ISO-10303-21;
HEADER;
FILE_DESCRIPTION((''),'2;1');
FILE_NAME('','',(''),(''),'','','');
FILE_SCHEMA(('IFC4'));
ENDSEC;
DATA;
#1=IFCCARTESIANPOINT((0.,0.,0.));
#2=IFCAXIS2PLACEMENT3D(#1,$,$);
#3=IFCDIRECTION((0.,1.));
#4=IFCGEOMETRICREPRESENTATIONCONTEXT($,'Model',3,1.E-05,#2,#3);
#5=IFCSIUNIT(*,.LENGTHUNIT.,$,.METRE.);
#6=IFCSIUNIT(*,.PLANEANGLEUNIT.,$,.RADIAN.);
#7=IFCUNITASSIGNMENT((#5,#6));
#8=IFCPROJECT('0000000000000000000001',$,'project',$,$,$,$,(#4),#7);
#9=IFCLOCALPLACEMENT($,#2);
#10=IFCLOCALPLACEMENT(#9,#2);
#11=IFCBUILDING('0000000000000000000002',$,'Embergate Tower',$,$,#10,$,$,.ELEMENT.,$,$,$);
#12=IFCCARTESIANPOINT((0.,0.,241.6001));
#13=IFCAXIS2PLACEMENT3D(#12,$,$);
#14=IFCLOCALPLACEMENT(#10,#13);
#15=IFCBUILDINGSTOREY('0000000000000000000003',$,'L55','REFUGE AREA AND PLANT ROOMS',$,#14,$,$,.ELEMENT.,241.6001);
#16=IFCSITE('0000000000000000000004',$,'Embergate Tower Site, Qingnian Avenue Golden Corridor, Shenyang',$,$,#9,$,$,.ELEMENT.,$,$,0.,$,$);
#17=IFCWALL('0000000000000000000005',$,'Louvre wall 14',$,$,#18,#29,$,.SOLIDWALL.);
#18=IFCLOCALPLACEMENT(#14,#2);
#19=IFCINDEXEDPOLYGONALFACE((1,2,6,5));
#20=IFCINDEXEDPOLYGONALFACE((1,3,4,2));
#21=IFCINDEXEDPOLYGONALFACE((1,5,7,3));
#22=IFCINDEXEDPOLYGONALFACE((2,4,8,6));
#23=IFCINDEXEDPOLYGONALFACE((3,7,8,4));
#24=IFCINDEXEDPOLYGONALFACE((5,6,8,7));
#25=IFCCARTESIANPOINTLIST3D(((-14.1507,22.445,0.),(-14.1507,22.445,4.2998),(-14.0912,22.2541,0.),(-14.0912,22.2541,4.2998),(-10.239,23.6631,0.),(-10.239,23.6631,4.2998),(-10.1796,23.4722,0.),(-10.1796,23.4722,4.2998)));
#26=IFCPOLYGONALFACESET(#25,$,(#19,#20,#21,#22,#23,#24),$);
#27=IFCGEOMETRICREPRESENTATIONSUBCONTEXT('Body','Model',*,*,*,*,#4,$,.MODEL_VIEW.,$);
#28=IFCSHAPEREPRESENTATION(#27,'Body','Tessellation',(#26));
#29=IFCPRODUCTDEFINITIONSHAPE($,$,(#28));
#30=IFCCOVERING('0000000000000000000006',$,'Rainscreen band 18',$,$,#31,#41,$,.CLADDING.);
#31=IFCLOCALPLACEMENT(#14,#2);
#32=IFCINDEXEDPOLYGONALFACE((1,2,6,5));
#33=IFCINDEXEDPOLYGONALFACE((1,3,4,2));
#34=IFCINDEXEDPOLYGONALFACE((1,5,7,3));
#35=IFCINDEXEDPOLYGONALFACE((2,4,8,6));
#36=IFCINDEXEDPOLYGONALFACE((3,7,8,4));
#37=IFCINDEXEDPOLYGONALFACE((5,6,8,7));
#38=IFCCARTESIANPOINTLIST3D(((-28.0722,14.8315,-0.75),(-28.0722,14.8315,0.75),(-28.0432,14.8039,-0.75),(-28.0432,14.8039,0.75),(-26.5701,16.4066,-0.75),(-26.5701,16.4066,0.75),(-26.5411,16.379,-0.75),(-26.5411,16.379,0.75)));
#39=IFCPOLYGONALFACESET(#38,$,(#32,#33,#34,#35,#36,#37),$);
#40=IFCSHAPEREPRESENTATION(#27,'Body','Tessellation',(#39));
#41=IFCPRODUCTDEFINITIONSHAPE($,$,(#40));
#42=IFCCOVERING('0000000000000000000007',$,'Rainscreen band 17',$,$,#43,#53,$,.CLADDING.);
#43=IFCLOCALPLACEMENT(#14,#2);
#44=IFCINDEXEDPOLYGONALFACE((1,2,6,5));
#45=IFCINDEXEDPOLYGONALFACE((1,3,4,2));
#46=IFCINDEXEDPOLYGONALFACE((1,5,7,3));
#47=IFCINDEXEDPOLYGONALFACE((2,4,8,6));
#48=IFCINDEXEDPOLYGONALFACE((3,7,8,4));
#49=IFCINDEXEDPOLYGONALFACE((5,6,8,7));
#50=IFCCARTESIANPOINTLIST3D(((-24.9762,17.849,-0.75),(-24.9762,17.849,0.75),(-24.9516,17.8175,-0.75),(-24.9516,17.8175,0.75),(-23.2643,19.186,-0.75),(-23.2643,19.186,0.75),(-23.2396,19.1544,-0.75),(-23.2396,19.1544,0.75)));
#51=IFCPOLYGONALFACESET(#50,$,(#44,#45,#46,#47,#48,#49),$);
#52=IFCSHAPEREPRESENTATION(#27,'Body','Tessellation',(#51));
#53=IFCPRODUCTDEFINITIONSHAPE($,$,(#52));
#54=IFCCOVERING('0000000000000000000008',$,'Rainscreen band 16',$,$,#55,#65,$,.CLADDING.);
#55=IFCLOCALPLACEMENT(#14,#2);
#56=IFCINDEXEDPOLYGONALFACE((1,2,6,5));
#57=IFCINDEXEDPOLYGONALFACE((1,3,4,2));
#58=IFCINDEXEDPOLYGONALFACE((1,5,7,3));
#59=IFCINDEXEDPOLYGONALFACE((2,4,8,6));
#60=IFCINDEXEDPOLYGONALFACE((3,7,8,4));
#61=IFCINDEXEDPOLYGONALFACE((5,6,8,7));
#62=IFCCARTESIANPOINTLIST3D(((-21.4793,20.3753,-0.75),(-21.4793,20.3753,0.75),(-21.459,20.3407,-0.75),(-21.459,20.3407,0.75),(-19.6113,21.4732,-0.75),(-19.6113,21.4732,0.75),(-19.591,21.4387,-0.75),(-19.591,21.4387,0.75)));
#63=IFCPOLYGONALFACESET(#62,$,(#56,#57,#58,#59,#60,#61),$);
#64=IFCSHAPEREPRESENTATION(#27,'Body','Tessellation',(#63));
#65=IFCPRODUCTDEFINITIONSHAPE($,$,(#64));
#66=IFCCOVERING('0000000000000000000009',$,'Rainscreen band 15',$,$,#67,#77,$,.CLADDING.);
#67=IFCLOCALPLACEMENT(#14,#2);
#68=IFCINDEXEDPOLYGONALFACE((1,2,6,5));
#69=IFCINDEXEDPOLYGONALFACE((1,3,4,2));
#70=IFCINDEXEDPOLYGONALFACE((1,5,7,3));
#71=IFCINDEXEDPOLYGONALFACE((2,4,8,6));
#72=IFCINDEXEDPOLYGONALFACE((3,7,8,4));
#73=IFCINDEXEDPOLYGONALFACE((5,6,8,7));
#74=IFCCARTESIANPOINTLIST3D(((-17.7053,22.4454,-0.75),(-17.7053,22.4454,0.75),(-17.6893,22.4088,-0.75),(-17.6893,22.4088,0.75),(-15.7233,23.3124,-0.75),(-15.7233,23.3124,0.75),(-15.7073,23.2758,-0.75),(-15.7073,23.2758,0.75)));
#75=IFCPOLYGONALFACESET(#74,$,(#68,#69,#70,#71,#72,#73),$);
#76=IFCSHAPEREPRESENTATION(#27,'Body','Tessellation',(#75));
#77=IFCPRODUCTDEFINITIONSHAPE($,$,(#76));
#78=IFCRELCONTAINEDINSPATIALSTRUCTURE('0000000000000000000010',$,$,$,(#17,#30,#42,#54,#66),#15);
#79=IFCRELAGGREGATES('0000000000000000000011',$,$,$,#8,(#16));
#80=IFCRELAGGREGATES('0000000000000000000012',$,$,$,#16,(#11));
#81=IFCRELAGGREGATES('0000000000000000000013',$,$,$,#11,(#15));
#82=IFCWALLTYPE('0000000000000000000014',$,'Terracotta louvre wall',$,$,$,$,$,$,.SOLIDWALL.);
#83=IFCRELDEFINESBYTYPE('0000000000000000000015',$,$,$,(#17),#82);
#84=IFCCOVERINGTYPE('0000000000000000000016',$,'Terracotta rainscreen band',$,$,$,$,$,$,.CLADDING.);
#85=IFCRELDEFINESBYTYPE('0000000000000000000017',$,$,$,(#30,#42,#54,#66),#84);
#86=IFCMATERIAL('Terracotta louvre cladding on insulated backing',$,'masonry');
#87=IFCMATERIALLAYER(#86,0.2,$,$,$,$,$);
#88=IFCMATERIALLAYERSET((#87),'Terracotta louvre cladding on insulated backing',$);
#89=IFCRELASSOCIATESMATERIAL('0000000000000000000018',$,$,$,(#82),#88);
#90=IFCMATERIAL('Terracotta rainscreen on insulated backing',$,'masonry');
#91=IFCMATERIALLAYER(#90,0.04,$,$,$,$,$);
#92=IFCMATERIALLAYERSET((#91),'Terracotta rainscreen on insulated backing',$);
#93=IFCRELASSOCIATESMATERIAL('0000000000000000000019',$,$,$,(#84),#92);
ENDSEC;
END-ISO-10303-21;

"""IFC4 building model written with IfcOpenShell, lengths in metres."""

from ifc_helpers import new_model, si_unit, direction, frame, frame_2d, origin, origin_2d, place, context, subcontext, project, spatial, rectangle, extrude, source, transform, mapped, material, layer, layer_set, type_object, element, save


model = new_model("IFC4")

# Units and contexts
model_context = context("Model", 3, precision=1e-05, world=origin(), true_north=direction((0.0, 1.0)))
body_context = subcontext(model_context, "Body", "Model", "MODEL_VIEW")
ifc_project = project(units=[si_unit("LENGTHUNIT", "METRE"), si_unit("PLANEANGLEUNIT", "RADIAN")], contexts=[model_context])

# Site, building, storey
site_placement = place(None, origin())
site = spatial("IfcSite", under=ifc_project, at=site_placement, Name="Embergate Tower Site, Qingnian Avenue Golden Corridor, Shenyang", CompositionType="ELEMENT", RefElevation=0.0)
building_placement = place(site_placement, origin())
building = spatial("IfcBuilding", under=site, at=building_placement, Name="Embergate Tower", CompositionType="ELEMENT")
storey_placement = place(building_placement, frame((0.0, 0.0, 241.6001)))
storey = spatial("IfcBuildingStorey", under=building, at=storey_placement, Name="L55", Description="REFUGE AREA AND PLANT ROOMS", CompositionType="ELEMENT", Elevation=241.6001)

# Wall
ifc_material_1 = material(Name="Terracotta louvre cladding on insulated backing", Category="masonry")
ifc_layer_1 = layer(ifc_material_1, 0.2)
ifc_layer_set_1 = layer_set([ifc_layer_1], Name="Terracotta louvre cladding on insulated backing")
wall_type = type_object("IfcWallType", Name="Terracotta louvre wall", PredefinedType="SOLIDWALL", material=ifc_layer_set_1)
shared_shape_1 = source(origin(), body_context, "Body", "SweptSolid", [
    extrude(rectangle(XDim=4.0969, YDim=0.2, at=frame_2d((2.0483, 0.0))), origin(), (0.0, 0.0, 1.0), 4.2998),
])
wall_1_placement = place(storey_placement, frame((-14.1208, 22.3496, 0.0), z_axis=(0.0, 0.0, 1.0), x_axis=(0.954783, 0.297304, 0.0)))
element("IfcWall", 1, at=wall_1_placement, inside=storey, type_object=wall_type, Name="Louvre wall 14", PredefinedType="SOLIDWALL", context=body_context, shape_type="MappedRepresentation", body=[
    mapped(shared_shape_1, transform((0.0, 0.0, 0.0))),
])

# Coverings
ifc_material_2 = material(Name="Terracotta rainscreen on insulated backing", Category="masonry")
ifc_layer_2 = layer(ifc_material_2, 0.04)
ifc_layer_set_2 = layer_set([ifc_layer_2], Name="Terracotta rainscreen on insulated backing")
covering_type = type_object("IfcCoveringType", Name="Terracotta rainscreen band", PredefinedType="CLADDING", material=ifc_layer_set_2)
shared_shape_2 = source(origin(), body_context, "Body", "SweptSolid", [
    extrude(rectangle(XDim=2.1765, YDim=0.04, at=origin_2d()), origin(), (0.0, 0.0, 1.0), 1.5),
])
covering_1_placement = place(storey_placement, frame((-27.3066, 15.6052, -0.75), z_axis=(0.0, 0.0, 1.0), x_axis=(-0.690136, -0.723679, 0.0)))
element("IfcCovering", 2, at=covering_1_placement, inside=storey, type_object=covering_type, Name="Rainscreen band 18", PredefinedType="CLADDING", context=body_context, shape_type="MappedRepresentation", body=[
    mapped(shared_shape_2, transform((0.0, 0.0, 0.0))),
])
shared_shape_3 = source(origin(), body_context, "Body", "SweptSolid", [
    extrude(rectangle(XDim=2.1721, YDim=0.04, at=origin_2d()), origin(), (0.0, 0.0, 1.0), 1.5),
])
covering_2_placement = place(storey_placement, frame((-24.1079, 18.5017, -0.75), z_axis=(0.0, 0.0, 1.0), x_axis=(-0.788136, -0.615501, 0.0)))
element("IfcCovering", 3, at=covering_2_placement, inside=storey, type_object=covering_type, Name="Rainscreen band 17", PredefinedType="CLADDING", context=body_context, shape_type="MappedRepresentation", body=[
    mapped(shared_shape_3, transform((0.0, 0.0, 0.0))),
])
shared_shape_4 = source(origin(), body_context, "Body", "SweptSolid", [
    extrude(rectangle(XDim=2.1667, YDim=0.04, at=origin_2d()), origin(), (0.0, 0.0, 1.0), 1.5),
])
covering_3_placement = place(storey_placement, frame((-20.5352, 20.907, -0.75), z_axis=(0.0, 0.0, 1.0), x_axis=(-0.8621, -0.506738, 0.0)))
element("IfcCovering", 4, at=covering_3_placement, inside=storey, type_object=covering_type, Name="Rainscreen band 16", PredefinedType="CLADDING", context=body_context, shape_type="MappedRepresentation", body=[
    mapped(shared_shape_4, transform((0.0, 0.0, 0.0))),
])
shared_shape_5 = source(origin(), body_context, "Body", "SweptSolid", [
    extrude(rectangle(XDim=2.1633, YDim=0.04, at=origin_2d()), origin(), (0.0, 0.0, 1.0), 1.5),
])
covering_4_placement = place(storey_placement, frame((-16.7063, 22.8606, -0.75), z_axis=(0.0, 0.0, 1.0), x_axis=(-0.916179, -0.40077, 0.0)))
element("IfcCovering", 5, at=covering_4_placement, inside=storey, type_object=covering_type, Name="Rainscreen band 15", PredefinedType="CLADDING", context=body_context, shape_type="MappedRepresentation", body=[
    mapped(shared_shape_5, transform((0.0, 0.0, 0.0))),
])

save(model, "model.ifc")
